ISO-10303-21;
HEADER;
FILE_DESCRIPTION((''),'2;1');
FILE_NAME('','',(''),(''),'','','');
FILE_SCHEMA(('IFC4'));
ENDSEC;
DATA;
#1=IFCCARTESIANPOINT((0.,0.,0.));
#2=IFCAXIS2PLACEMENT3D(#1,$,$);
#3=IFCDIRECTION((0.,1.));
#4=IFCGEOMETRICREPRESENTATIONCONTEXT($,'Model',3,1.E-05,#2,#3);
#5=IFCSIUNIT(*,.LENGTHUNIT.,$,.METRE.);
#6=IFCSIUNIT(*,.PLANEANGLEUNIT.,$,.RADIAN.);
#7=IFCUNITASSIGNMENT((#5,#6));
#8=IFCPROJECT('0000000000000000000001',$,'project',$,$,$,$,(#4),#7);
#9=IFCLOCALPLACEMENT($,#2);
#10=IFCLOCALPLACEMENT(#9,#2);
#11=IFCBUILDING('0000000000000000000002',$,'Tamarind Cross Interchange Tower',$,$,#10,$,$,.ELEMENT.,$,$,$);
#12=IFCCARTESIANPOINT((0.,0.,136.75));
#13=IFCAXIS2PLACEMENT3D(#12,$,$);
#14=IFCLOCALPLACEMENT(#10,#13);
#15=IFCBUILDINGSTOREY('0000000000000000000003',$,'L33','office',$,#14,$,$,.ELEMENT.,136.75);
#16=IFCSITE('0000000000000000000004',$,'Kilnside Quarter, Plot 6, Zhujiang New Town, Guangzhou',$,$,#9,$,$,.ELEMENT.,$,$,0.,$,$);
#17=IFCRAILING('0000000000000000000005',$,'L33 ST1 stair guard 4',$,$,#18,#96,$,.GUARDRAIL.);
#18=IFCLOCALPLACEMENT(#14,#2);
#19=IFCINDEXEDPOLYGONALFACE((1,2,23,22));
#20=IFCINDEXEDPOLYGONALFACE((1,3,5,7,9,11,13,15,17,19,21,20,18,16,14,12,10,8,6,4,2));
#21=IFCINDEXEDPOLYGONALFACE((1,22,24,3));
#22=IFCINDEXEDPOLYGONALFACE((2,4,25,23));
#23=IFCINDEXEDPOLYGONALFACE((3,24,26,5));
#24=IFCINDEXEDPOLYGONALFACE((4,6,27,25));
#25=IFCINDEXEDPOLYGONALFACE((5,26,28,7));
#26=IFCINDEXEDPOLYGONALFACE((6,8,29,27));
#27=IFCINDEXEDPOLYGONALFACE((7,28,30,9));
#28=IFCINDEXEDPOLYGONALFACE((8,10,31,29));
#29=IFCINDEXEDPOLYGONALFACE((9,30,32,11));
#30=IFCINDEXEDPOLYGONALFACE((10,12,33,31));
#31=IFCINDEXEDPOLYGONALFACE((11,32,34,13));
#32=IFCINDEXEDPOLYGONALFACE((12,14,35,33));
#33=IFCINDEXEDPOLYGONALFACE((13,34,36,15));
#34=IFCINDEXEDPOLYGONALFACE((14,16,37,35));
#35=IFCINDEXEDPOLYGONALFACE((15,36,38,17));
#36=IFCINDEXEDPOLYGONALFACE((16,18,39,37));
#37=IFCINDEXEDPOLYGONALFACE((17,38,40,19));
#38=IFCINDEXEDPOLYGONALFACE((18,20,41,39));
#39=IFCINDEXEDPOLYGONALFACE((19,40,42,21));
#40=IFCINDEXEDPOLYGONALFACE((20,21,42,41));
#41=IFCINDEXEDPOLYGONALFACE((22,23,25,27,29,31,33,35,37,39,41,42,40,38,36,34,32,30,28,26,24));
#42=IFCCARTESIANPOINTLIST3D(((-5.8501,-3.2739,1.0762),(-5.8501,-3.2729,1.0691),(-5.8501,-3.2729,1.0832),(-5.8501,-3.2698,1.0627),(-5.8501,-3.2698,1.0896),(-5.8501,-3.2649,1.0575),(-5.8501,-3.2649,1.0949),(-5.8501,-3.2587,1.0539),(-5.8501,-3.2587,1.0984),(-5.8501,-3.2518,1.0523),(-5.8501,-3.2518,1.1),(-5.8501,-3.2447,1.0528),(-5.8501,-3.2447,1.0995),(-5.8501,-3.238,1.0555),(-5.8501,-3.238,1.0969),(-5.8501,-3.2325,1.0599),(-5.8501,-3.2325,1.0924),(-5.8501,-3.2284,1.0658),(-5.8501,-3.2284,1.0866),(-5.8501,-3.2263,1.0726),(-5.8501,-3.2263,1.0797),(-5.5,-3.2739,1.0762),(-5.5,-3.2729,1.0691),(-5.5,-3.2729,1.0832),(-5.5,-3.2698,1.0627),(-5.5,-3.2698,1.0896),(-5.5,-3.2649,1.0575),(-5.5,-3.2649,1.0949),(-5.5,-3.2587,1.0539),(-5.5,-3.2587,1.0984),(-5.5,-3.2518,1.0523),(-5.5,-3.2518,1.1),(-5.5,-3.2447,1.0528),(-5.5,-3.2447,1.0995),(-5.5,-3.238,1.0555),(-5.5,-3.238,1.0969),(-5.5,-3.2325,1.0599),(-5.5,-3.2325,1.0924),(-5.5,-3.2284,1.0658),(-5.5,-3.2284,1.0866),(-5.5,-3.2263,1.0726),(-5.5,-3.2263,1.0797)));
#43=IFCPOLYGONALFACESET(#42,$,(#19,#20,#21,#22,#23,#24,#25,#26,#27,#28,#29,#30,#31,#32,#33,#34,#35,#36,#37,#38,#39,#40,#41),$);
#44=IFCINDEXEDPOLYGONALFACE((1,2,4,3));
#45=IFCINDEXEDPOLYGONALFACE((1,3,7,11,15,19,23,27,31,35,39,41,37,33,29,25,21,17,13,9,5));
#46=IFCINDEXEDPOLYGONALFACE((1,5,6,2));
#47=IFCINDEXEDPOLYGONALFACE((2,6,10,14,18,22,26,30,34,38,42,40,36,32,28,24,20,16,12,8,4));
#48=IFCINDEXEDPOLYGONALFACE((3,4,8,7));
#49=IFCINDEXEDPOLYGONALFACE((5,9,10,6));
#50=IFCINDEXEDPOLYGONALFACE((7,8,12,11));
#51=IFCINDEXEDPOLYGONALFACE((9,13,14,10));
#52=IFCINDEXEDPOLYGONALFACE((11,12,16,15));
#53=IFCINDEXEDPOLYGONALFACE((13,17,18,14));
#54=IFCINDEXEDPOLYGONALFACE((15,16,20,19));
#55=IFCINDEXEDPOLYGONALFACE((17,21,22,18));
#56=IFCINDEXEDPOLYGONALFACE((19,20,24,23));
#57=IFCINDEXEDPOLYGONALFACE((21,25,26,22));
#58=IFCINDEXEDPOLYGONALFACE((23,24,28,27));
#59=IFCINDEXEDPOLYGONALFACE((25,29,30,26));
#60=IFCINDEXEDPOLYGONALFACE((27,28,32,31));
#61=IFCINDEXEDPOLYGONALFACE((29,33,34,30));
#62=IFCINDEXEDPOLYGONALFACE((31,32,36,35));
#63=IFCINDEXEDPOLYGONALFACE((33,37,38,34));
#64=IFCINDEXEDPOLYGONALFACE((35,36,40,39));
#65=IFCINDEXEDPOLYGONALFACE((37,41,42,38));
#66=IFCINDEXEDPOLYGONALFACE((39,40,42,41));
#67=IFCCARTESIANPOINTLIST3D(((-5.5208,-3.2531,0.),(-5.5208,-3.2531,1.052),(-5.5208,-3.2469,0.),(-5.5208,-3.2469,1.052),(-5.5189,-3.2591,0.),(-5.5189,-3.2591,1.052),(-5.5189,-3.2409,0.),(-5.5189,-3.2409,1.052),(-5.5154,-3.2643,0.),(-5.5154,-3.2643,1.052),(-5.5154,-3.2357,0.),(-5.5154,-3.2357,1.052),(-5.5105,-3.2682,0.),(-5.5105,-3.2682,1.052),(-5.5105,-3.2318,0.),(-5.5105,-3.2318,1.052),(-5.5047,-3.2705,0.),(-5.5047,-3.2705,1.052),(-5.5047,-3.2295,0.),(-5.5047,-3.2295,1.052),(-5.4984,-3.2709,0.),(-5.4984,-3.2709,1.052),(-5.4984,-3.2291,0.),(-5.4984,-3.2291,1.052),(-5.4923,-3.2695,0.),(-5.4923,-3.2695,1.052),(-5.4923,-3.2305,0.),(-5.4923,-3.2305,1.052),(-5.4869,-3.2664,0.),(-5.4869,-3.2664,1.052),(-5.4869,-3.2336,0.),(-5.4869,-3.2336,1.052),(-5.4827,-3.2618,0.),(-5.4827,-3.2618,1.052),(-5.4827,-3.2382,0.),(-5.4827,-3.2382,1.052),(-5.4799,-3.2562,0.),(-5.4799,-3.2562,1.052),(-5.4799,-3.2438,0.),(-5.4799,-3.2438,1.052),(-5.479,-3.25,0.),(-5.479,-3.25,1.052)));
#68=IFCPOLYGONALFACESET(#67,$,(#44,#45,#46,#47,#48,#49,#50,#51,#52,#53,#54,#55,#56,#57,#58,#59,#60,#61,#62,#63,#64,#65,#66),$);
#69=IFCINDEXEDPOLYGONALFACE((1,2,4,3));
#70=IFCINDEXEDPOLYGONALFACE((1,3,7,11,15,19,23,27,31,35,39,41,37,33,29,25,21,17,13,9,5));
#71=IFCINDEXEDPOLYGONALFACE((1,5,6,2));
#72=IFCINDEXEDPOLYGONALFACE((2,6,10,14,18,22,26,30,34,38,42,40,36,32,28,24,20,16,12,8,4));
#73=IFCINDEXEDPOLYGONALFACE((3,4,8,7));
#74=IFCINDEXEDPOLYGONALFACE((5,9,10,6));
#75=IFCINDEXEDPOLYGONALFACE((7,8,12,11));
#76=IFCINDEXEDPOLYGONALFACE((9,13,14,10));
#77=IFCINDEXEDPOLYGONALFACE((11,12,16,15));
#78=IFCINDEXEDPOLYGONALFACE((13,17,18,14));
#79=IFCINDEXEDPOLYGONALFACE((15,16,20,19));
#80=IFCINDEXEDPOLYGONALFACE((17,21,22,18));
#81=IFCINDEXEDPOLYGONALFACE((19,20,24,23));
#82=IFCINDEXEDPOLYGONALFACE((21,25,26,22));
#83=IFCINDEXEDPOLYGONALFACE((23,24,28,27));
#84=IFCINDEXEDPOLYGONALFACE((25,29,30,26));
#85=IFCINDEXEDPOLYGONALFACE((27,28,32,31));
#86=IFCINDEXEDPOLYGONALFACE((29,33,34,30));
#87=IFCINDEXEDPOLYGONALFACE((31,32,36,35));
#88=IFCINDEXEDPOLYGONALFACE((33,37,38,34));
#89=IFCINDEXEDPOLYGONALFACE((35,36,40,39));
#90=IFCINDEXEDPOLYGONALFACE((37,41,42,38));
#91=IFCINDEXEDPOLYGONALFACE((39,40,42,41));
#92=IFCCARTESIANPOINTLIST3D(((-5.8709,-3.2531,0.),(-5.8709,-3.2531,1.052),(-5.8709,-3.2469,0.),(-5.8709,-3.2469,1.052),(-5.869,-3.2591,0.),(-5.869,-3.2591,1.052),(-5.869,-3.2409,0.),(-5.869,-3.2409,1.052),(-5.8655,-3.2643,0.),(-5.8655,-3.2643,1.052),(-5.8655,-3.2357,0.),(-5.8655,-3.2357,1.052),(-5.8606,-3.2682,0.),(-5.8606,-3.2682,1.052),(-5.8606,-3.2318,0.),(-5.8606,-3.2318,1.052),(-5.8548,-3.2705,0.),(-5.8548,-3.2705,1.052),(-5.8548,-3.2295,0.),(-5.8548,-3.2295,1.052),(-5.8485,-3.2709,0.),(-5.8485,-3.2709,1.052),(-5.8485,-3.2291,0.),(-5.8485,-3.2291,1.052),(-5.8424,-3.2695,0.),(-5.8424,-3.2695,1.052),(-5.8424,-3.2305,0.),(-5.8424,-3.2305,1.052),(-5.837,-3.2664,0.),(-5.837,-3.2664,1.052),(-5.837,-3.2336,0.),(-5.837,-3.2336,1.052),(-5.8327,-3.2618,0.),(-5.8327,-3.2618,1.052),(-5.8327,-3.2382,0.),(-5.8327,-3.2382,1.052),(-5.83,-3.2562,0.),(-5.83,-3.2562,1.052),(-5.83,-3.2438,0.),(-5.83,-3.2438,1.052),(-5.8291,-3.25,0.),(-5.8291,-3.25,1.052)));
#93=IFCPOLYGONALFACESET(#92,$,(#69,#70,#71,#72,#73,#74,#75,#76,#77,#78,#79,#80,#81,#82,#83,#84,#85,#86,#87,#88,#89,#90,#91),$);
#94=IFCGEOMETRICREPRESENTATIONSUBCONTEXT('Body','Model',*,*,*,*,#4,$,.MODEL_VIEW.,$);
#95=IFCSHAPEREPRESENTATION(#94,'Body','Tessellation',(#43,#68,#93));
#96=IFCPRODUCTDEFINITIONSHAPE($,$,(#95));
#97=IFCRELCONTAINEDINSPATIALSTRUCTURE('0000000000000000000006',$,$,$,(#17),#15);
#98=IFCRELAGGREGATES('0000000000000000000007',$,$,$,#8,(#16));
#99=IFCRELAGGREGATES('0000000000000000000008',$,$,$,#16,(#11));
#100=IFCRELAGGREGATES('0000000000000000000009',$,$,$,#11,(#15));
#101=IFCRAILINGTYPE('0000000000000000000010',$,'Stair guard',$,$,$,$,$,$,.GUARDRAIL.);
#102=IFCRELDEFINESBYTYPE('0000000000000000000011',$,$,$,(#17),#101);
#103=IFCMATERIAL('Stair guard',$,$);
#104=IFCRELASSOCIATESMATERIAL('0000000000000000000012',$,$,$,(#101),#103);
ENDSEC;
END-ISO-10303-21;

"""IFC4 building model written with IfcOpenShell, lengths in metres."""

from ifc_helpers import new_model, si_unit, direction, frame, origin, origin_2d, place, context, subcontext, project, spatial, circle, extrude, material, type_object, element, save


model = new_model("IFC4")

# Units and contexts
model_context = context("Model", 3, precision=1e-05, world=origin(), true_north=direction((0.0, 1.0)))
body_context = subcontext(model_context, "Body", "Model", "MODEL_VIEW")
ifc_project = project(units=[si_unit("LENGTHUNIT", "METRE"), si_unit("PLANEANGLEUNIT", "RADIAN")], contexts=[model_context])

# Site, building, storey
site_placement = place(None, origin())
site = spatial("IfcSite", under=ifc_project, at=site_placement, Name="Kilnside Quarter, Plot 6, Zhujiang New Town, Guangzhou", CompositionType="ELEMENT", RefElevation=0.0)
building_placement = place(site_placement, origin())
building = spatial("IfcBuilding", under=site, at=building_placement, Name="Tamarind Cross Interchange Tower", CompositionType="ELEMENT")
storey_placement = place(building_placement, frame((0.0, 0.0, 136.75)))
storey = spatial("IfcBuildingStorey", under=building, at=storey_placement, Name="L33", Description="office", CompositionType="ELEMENT", Elevation=136.75)

# Railing
ifc_material_1 = material(Name="Stair guard")
railing_type_1 = type_object("IfcRailingType", Name="Stair guard", PredefinedType="GUARDRAIL", material=ifc_material_1)
railing_1_placement = place(storey_placement, frame((-5.5, -3.25, 0.0)))
element("IfcRailing", 1, at=railing_1_placement, inside=storey, type_object=railing_type_1, Name="L33 ST1 stair guard 4", PredefinedType="GUARDRAIL", context=body_context, shape_type="SweptSolid", body=[
    extrude(circle(Radius=0.0239, at=origin_2d()), frame((0.0, 0.0, 1.0762), z_axis=(-1.0, 0.0, 0.0), x_axis=(0.0, -1.0, 0.0)), (0.0, 0.0, 1.0), 0.3501),
    extrude(circle(Radius=0.021, at=origin_2d()), origin(), (0.0, 0.0, 1.0), 1.052),
    extrude(circle(Radius=0.021, at=origin_2d()), frame((-0.3501, 0.0, 0.0)), (0.0, 0.0, 1.0), 1.052),
])

save(model, "model.ifc")
